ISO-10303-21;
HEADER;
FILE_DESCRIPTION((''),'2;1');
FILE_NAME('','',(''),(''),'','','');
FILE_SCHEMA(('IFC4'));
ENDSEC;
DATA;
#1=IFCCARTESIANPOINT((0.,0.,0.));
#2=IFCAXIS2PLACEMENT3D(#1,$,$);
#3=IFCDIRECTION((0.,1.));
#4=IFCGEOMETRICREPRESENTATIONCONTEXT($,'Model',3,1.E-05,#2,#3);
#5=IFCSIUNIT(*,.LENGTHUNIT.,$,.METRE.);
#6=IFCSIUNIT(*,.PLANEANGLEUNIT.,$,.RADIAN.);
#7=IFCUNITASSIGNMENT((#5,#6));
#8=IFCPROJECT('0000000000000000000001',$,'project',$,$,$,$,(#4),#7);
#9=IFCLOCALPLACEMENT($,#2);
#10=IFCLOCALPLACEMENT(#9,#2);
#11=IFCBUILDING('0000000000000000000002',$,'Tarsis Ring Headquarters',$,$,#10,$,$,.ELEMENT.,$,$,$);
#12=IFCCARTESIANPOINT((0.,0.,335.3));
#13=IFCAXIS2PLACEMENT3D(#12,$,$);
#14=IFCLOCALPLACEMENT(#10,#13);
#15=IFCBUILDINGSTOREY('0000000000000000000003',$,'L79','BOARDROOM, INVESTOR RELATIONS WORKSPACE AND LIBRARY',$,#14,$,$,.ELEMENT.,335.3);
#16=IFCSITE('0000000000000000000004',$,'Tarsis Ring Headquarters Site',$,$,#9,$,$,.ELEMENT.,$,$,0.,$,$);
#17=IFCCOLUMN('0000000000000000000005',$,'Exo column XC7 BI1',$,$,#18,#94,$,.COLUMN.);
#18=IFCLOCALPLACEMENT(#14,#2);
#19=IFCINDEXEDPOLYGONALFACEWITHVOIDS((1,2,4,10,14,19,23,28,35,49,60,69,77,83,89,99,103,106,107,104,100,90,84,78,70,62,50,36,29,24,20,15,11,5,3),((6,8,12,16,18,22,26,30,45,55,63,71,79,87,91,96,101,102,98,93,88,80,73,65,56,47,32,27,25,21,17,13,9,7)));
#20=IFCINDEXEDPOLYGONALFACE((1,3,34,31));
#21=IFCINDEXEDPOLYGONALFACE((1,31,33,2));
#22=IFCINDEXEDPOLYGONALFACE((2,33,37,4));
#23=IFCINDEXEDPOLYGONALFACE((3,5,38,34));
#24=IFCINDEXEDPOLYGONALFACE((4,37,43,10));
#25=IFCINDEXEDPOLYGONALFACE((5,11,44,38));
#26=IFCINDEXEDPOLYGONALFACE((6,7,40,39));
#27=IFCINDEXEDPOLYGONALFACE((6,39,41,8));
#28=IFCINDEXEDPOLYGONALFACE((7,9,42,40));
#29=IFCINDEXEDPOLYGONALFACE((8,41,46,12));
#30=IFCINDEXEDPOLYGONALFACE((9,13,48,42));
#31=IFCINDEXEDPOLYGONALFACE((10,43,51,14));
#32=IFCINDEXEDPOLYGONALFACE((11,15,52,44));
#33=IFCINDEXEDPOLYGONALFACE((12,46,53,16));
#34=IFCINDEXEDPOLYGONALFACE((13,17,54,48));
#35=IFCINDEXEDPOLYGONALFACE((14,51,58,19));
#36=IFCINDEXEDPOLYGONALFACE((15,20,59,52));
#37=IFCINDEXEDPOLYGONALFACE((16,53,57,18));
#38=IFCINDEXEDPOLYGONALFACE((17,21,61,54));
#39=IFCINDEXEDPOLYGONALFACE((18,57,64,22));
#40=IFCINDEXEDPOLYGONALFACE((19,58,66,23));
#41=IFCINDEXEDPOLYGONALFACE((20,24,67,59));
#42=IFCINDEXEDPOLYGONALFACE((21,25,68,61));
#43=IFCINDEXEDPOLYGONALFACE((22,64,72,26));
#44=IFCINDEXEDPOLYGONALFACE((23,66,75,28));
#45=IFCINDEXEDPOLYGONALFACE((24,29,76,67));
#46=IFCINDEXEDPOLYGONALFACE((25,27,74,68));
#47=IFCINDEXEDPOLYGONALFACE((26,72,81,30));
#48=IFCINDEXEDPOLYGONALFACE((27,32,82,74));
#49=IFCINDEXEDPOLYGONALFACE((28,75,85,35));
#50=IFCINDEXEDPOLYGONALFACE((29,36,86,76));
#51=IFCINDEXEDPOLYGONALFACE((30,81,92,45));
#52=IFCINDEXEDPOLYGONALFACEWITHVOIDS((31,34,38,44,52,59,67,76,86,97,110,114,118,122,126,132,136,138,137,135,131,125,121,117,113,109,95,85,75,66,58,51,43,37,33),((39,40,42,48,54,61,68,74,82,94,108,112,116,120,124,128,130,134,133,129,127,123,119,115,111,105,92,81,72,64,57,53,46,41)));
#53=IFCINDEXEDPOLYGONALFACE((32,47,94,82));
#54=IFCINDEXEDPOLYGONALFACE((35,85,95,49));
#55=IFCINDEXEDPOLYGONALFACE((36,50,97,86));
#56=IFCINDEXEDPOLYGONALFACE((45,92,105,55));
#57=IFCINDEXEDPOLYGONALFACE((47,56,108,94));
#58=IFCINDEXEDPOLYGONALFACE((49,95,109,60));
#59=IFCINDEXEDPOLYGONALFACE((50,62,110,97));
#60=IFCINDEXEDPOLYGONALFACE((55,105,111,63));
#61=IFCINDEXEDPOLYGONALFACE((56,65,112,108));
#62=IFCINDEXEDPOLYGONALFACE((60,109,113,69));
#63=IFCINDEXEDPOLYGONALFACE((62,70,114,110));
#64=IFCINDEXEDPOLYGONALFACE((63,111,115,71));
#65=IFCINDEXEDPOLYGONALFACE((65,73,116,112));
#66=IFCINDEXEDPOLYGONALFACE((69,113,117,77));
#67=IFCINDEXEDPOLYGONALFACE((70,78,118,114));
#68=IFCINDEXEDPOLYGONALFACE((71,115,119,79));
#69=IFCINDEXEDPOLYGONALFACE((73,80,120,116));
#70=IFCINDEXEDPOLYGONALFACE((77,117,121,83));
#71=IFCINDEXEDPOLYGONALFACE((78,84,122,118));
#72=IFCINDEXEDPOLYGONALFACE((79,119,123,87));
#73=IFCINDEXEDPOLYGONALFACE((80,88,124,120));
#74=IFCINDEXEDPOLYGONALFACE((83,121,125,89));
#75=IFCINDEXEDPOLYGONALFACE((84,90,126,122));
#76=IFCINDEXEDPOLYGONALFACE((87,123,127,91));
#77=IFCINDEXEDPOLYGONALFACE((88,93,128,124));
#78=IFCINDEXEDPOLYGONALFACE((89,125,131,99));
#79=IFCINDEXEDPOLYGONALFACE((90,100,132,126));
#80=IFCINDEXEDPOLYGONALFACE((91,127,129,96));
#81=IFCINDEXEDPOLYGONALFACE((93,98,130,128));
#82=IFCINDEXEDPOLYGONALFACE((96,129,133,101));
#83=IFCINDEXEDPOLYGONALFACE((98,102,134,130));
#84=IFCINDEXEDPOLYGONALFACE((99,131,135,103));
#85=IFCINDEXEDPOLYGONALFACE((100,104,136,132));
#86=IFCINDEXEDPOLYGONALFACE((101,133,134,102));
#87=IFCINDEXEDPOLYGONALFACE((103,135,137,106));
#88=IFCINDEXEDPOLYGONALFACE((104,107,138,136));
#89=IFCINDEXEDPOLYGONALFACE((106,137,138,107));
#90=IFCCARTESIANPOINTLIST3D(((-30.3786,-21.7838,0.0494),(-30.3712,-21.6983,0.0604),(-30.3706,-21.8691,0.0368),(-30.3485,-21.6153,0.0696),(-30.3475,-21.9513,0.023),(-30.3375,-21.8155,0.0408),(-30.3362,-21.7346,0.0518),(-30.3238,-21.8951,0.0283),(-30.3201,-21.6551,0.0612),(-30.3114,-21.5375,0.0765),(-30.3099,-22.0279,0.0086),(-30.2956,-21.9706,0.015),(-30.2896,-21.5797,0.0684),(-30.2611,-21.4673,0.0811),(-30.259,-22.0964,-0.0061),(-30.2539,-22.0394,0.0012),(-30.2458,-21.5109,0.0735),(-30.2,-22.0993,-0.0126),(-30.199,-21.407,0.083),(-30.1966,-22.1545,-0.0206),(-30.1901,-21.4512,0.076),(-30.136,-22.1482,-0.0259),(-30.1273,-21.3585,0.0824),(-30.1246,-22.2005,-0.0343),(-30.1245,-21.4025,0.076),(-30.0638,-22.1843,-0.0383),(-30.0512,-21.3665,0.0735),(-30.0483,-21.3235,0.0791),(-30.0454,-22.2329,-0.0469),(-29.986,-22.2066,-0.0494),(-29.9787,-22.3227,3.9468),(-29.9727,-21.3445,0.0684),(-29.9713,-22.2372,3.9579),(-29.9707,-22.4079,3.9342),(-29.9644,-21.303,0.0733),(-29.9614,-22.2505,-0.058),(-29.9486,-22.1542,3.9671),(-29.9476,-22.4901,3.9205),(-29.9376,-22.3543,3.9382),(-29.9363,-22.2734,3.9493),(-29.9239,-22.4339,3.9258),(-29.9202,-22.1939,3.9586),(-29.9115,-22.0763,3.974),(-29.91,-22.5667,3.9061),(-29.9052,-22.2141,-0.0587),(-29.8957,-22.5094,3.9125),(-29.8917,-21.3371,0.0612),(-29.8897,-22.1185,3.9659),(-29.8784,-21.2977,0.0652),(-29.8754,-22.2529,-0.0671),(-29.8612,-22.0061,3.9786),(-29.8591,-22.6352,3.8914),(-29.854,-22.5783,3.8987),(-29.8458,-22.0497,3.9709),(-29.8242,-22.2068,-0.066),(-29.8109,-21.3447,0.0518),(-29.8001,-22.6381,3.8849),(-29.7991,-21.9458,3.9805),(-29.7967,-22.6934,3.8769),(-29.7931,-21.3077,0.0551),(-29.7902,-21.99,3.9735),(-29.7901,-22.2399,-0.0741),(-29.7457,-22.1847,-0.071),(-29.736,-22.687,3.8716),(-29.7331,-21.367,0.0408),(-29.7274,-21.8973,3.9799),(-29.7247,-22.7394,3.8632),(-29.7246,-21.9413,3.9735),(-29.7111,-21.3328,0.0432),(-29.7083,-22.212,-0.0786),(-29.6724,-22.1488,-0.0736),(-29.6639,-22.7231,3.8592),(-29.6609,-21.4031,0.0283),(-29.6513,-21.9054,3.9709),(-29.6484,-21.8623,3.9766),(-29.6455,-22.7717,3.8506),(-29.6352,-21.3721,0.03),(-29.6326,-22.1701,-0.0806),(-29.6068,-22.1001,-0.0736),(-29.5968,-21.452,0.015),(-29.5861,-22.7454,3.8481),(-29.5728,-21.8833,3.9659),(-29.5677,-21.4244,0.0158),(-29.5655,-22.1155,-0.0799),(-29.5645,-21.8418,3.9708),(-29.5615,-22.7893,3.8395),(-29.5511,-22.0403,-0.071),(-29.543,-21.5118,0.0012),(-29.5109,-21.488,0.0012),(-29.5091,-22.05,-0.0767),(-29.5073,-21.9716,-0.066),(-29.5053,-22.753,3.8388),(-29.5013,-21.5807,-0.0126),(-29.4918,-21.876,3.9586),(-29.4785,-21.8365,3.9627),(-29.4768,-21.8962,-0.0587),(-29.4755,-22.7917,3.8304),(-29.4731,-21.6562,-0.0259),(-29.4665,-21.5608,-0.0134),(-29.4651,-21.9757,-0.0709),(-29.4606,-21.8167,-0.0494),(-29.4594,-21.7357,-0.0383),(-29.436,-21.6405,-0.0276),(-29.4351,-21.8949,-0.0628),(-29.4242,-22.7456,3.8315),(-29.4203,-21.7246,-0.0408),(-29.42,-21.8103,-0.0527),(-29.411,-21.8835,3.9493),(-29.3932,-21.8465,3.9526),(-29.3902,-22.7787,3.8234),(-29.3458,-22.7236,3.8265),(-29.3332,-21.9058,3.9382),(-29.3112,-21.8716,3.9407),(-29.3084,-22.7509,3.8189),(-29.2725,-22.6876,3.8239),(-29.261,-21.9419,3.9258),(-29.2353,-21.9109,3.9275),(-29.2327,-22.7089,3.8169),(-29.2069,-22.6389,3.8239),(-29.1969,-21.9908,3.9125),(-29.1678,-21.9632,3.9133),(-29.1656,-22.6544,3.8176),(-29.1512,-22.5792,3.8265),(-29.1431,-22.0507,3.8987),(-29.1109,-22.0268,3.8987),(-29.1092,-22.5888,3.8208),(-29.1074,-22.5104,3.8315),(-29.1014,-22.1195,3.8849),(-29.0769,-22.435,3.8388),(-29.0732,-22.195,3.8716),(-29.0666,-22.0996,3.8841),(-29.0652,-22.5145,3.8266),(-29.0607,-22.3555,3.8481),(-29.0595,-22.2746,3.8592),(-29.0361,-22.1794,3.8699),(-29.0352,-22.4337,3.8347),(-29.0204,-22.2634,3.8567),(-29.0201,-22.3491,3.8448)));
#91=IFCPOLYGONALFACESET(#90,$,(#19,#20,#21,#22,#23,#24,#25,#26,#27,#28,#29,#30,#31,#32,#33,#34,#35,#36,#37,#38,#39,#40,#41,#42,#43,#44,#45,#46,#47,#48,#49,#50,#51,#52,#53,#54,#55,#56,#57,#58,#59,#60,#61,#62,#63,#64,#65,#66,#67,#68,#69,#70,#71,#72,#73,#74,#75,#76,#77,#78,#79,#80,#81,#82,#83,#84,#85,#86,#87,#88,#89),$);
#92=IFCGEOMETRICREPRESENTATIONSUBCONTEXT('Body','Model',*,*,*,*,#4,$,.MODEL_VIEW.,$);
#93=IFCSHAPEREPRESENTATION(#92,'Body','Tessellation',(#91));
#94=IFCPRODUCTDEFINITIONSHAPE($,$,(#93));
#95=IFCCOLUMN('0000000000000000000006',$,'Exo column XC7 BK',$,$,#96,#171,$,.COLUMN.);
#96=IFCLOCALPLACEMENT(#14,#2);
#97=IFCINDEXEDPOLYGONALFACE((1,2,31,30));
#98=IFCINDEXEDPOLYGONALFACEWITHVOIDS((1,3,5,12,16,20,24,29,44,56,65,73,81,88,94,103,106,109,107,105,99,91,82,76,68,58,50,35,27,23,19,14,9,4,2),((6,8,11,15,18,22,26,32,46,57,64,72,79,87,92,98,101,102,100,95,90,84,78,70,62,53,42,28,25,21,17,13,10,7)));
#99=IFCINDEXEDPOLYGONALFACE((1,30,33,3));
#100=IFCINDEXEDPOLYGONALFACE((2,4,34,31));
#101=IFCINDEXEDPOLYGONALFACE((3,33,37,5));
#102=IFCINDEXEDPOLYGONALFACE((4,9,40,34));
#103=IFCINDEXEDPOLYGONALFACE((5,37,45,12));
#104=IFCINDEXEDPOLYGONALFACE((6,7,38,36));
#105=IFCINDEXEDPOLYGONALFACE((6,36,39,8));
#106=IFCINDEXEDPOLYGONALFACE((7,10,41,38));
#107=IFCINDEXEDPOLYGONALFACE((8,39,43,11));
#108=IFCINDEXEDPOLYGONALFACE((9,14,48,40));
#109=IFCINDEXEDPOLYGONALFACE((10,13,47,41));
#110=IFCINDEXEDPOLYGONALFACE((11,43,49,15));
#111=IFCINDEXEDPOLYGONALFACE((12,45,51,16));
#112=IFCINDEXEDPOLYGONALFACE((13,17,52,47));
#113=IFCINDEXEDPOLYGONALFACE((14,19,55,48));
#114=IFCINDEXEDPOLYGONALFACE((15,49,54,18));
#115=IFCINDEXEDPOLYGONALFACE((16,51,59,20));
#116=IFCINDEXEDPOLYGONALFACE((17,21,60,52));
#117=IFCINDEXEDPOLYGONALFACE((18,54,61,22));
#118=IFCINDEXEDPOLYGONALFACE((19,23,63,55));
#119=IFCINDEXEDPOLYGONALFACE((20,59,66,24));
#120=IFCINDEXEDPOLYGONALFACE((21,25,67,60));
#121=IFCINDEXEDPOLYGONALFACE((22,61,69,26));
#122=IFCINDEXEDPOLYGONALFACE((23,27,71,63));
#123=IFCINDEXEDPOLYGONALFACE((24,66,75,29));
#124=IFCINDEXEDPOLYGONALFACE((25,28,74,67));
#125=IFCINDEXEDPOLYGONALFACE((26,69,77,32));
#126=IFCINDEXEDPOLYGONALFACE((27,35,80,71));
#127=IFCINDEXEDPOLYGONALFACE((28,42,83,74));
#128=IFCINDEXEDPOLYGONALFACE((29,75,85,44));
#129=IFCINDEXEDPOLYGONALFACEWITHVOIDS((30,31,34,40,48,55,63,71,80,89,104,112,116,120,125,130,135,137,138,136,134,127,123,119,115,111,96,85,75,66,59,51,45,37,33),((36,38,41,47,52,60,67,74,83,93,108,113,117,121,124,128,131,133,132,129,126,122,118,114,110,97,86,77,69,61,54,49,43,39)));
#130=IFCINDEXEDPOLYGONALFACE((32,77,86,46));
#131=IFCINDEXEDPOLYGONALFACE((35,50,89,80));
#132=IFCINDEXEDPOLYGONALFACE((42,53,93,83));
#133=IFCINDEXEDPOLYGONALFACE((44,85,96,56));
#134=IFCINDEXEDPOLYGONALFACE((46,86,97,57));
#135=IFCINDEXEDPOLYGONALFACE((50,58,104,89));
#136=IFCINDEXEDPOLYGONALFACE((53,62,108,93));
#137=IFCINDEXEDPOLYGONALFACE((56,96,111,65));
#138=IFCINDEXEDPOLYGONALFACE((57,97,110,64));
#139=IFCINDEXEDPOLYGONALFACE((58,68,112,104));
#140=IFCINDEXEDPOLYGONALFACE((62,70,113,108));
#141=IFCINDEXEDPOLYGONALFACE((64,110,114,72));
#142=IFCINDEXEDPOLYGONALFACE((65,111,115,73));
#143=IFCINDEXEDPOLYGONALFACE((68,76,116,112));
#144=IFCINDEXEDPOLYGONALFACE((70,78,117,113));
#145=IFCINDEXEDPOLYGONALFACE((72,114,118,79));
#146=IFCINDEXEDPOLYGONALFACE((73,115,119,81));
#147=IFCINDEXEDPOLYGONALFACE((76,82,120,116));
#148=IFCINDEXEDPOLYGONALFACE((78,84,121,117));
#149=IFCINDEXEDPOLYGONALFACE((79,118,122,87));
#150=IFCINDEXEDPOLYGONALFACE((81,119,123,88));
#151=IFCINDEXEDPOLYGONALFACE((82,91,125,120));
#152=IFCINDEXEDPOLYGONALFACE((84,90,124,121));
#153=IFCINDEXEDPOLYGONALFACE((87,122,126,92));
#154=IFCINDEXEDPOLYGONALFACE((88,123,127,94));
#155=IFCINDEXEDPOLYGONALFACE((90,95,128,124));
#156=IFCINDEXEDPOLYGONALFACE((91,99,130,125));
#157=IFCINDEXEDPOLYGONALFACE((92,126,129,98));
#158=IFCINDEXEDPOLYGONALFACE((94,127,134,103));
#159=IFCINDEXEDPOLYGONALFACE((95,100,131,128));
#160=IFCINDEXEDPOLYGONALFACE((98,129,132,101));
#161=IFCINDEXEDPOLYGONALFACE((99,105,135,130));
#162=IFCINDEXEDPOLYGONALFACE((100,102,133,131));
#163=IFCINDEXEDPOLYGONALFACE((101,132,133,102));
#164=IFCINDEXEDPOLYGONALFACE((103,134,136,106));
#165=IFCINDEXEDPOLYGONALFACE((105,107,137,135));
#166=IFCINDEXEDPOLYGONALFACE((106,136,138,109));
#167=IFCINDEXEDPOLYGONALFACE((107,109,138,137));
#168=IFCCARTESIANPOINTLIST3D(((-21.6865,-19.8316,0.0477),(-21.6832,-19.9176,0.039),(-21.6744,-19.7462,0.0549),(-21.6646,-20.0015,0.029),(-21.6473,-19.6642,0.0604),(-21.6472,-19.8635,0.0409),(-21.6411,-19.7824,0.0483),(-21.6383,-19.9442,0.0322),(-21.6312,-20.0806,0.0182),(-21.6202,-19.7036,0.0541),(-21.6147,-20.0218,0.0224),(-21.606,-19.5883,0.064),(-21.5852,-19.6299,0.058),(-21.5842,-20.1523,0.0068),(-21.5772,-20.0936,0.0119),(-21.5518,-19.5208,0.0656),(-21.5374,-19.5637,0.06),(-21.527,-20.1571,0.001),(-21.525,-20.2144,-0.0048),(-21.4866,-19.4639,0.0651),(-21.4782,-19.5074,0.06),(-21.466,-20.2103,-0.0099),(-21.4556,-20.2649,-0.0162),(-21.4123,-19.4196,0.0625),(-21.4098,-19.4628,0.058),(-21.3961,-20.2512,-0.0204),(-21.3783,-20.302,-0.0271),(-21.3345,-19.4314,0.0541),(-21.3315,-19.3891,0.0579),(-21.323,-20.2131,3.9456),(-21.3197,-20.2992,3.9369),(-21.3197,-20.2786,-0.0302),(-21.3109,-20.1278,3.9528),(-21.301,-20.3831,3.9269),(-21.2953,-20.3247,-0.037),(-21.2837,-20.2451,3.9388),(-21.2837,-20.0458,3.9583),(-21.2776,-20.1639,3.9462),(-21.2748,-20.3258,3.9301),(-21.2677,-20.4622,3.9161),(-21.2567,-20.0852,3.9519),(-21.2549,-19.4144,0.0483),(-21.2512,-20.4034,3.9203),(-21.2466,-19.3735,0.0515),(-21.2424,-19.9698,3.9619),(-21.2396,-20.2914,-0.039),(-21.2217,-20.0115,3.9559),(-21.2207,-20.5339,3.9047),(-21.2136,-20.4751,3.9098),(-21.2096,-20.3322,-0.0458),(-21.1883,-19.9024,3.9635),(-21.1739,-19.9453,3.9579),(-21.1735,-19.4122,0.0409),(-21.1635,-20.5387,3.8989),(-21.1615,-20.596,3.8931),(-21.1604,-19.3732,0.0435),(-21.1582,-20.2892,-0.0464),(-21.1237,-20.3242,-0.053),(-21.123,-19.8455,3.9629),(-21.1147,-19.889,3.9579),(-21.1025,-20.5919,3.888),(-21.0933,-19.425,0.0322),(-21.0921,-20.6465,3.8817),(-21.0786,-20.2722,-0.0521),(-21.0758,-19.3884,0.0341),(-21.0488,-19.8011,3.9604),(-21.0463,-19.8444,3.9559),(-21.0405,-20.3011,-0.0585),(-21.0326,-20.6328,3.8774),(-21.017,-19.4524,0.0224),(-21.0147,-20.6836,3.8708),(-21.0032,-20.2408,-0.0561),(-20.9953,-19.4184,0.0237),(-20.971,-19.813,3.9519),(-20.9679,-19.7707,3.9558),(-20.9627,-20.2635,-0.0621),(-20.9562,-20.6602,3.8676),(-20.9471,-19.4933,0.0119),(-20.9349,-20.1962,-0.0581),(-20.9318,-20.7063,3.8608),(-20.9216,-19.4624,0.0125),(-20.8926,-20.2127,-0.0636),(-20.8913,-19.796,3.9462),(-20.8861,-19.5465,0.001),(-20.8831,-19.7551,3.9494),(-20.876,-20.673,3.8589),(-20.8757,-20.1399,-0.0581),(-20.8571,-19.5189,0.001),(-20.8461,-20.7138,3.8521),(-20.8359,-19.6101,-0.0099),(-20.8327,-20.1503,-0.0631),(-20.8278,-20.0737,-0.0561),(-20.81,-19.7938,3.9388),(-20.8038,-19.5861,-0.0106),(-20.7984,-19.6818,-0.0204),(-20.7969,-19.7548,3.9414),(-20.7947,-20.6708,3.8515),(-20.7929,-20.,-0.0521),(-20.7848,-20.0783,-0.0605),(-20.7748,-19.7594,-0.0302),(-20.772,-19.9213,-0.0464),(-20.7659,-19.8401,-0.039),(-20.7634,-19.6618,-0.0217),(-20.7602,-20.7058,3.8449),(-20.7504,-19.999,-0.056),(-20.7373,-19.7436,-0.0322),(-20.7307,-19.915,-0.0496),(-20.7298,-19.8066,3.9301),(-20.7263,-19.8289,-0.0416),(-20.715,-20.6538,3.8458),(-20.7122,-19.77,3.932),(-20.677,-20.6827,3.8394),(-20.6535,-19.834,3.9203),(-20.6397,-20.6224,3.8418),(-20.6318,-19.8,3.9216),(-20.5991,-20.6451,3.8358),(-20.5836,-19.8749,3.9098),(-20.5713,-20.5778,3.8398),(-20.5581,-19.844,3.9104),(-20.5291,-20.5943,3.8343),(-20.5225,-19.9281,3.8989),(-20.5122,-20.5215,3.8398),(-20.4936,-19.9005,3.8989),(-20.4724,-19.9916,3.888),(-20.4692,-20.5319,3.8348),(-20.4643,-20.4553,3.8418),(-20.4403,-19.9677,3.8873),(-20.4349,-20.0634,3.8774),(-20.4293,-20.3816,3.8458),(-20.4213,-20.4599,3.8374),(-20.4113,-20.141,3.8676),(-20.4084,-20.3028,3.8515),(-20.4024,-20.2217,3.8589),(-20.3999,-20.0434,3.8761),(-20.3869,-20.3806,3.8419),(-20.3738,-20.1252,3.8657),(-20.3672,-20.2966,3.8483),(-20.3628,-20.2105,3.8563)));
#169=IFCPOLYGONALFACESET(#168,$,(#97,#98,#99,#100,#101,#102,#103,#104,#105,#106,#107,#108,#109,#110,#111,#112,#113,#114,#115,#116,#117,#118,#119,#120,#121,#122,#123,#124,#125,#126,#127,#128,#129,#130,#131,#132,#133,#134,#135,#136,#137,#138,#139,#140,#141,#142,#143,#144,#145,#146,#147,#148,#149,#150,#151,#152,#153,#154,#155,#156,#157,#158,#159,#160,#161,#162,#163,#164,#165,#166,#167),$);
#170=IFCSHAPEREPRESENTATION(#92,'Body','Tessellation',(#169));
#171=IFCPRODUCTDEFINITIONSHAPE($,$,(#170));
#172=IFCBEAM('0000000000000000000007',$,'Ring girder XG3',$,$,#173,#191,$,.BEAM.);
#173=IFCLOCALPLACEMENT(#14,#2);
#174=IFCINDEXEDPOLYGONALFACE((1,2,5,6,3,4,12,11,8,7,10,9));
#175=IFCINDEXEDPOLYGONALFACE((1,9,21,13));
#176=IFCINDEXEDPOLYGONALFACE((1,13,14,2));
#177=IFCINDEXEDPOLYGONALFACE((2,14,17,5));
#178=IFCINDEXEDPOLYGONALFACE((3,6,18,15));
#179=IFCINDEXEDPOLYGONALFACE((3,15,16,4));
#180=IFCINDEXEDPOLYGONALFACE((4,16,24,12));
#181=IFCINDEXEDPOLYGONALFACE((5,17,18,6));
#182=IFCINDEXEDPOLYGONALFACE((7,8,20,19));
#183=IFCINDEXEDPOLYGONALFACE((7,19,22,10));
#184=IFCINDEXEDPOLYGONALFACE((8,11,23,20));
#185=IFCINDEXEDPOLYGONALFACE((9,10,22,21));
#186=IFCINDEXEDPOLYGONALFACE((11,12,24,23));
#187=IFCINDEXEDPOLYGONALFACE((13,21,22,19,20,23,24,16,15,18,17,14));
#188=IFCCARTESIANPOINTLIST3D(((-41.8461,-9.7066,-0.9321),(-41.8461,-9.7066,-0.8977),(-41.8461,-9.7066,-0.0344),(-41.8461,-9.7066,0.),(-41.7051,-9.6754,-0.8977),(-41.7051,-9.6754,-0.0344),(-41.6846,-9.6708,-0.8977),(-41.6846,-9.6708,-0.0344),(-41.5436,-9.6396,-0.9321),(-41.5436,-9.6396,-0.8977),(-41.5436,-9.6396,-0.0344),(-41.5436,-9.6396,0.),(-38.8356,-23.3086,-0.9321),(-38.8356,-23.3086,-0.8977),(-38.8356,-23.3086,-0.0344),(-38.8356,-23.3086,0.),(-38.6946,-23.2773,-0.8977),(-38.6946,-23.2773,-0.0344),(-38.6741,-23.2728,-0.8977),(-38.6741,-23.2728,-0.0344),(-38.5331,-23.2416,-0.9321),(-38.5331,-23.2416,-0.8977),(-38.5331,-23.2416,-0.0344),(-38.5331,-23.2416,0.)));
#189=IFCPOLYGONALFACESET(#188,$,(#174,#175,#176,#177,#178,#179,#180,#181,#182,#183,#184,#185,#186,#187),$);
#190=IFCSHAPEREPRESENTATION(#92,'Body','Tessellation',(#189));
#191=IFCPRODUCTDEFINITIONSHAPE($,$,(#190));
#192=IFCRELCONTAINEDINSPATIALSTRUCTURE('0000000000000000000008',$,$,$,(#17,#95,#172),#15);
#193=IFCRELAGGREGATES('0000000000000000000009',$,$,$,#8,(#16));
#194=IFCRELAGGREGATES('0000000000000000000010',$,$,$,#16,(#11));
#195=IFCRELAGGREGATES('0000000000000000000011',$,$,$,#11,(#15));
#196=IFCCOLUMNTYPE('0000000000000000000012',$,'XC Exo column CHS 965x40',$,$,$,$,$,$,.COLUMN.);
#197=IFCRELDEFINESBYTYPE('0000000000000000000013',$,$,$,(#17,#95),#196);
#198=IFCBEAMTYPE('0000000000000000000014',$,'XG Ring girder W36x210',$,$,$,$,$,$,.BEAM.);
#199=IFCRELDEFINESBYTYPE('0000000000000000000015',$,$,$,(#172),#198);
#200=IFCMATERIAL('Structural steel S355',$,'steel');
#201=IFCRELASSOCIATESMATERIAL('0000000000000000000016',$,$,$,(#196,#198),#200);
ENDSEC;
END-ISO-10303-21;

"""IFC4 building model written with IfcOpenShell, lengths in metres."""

from ifc_helpers import new_model, si_unit, direction, frame, origin, origin_2d, place, context, subcontext, project, spatial, hollow_circle, i_section, extrude, material, material_profile, profile_set, type_object, element, save


model = new_model("IFC4")

# Units and contexts
model_context = context("Model", 3, precision=1e-05, world=origin(), true_north=direction((0.0, 1.0)))
body_context = subcontext(model_context, "Body", "Model", "MODEL_VIEW")
ifc_project = project(units=[si_unit("LENGTHUNIT", "METRE"), si_unit("PLANEANGLEUNIT", "RADIAN")], contexts=[model_context])

# Site, building, storey
site_placement = place(None, origin())
site = spatial("IfcSite", under=ifc_project, at=site_placement, Name="Tarsis Ring Headquarters Site", CompositionType="ELEMENT", RefElevation=0.0)
building_placement = place(site_placement, origin())
building = spatial("IfcBuilding", under=site, at=building_placement, Name="Tarsis Ring Headquarters", CompositionType="ELEMENT")
storey_placement = place(building_placement, frame((0.0, 0.0, 335.3)))
storey = spatial("IfcBuildingStorey", under=building, at=storey_placement, Name="L79", Description="BOARDROOM, INVESTOR RELATIONS WORKSPACE AND LIBRARY", CompositionType="ELEMENT", Elevation=335.3)

# Columns
ifc_material_1 = material(Name="Structural steel S355", Category="steel")
ifc_material_profile_1 = material_profile(ifc_material_1, hollow_circle(Radius=0.4827, WallThickness=0.04, at=origin_2d()), Name="CHS 965x40")
ifc_profile_set_1 = profile_set([ifc_material_profile_1], Name="Structural steel S355")
column_type = type_object("IfcColumnType", Name="XC Exo column CHS 965x40", PredefinedType="COLUMN", material=ifc_profile_set_1)
column_1_placement = place(storey_placement, frame((-29.8984, -21.7756, 0.0012), z_axis=(0.101118, -0.136244, 0.985501), x_axis=(0.803003, 0.595976, 0.0)))
element("IfcColumn", 1, at=column_1_placement, inside=storey, type_object=column_type, Name="Exo column XC7 BI1", PredefinedType="COLUMN", context=body_context, shape_type="SweptSolid", body=[
    extrude(hollow_circle(Radius=0.4827, WallThickness=0.04, at=origin_2d()), origin(), (0.0, 0.0, 1.0), 3.9548),
])
column_2_placement = place(storey_placement, frame((-21.2065, -19.8518, 0.001), z_axis=(0.09242, -0.097013, 0.990983), x_axis=(0.724039, 0.689759, 0.0)))
element("IfcColumn", 2, at=column_2_placement, inside=storey, type_object=column_type, Name="Exo column XC7 BK", PredefinedType="COLUMN", context=body_context, shape_type="SweptSolid", body=[
    extrude(hollow_circle(Radius=0.4827, WallThickness=0.04, at=origin_2d()), origin(), (0.0, 0.0, 1.0), 3.9333),
])

# Beam
ifc_material_profile_2 = material_profile(ifc_material_1, i_section(OverallWidth=0.3098, OverallDepth=0.9321, WebThickness=0.021, FlangeThickness=0.0344, at=origin_2d()), Name="W36x210")
ifc_profile_set_2 = profile_set([ifc_material_profile_2], Name="Structural steel S355")
beam_type = type_object("IfcBeamType", Name="XG Ring girder W36x210", PredefinedType="BEAM", material=ifc_profile_set_2)
beam_1_placement = place(storey_placement, frame((-41.6948, -9.6731, -0.4661), z_axis=(0.216097, -0.976372, 0.0), x_axis=(0.976372, 0.216097, 0.0)))
element("IfcBeam", 3, at=beam_1_placement, inside=storey, type_object=beam_type, Name="Ring girder XG3", PredefinedType="BEAM", context=body_context, shape_type="SweptSolid", body=[
    extrude(i_section(OverallWidth=0.3098, OverallDepth=0.9321, WebThickness=0.021, FlangeThickness=0.0344, at=origin_2d()), origin(), (0.0, 0.0, 1.0), 13.9312),
])

save(model, "model.ifc")
